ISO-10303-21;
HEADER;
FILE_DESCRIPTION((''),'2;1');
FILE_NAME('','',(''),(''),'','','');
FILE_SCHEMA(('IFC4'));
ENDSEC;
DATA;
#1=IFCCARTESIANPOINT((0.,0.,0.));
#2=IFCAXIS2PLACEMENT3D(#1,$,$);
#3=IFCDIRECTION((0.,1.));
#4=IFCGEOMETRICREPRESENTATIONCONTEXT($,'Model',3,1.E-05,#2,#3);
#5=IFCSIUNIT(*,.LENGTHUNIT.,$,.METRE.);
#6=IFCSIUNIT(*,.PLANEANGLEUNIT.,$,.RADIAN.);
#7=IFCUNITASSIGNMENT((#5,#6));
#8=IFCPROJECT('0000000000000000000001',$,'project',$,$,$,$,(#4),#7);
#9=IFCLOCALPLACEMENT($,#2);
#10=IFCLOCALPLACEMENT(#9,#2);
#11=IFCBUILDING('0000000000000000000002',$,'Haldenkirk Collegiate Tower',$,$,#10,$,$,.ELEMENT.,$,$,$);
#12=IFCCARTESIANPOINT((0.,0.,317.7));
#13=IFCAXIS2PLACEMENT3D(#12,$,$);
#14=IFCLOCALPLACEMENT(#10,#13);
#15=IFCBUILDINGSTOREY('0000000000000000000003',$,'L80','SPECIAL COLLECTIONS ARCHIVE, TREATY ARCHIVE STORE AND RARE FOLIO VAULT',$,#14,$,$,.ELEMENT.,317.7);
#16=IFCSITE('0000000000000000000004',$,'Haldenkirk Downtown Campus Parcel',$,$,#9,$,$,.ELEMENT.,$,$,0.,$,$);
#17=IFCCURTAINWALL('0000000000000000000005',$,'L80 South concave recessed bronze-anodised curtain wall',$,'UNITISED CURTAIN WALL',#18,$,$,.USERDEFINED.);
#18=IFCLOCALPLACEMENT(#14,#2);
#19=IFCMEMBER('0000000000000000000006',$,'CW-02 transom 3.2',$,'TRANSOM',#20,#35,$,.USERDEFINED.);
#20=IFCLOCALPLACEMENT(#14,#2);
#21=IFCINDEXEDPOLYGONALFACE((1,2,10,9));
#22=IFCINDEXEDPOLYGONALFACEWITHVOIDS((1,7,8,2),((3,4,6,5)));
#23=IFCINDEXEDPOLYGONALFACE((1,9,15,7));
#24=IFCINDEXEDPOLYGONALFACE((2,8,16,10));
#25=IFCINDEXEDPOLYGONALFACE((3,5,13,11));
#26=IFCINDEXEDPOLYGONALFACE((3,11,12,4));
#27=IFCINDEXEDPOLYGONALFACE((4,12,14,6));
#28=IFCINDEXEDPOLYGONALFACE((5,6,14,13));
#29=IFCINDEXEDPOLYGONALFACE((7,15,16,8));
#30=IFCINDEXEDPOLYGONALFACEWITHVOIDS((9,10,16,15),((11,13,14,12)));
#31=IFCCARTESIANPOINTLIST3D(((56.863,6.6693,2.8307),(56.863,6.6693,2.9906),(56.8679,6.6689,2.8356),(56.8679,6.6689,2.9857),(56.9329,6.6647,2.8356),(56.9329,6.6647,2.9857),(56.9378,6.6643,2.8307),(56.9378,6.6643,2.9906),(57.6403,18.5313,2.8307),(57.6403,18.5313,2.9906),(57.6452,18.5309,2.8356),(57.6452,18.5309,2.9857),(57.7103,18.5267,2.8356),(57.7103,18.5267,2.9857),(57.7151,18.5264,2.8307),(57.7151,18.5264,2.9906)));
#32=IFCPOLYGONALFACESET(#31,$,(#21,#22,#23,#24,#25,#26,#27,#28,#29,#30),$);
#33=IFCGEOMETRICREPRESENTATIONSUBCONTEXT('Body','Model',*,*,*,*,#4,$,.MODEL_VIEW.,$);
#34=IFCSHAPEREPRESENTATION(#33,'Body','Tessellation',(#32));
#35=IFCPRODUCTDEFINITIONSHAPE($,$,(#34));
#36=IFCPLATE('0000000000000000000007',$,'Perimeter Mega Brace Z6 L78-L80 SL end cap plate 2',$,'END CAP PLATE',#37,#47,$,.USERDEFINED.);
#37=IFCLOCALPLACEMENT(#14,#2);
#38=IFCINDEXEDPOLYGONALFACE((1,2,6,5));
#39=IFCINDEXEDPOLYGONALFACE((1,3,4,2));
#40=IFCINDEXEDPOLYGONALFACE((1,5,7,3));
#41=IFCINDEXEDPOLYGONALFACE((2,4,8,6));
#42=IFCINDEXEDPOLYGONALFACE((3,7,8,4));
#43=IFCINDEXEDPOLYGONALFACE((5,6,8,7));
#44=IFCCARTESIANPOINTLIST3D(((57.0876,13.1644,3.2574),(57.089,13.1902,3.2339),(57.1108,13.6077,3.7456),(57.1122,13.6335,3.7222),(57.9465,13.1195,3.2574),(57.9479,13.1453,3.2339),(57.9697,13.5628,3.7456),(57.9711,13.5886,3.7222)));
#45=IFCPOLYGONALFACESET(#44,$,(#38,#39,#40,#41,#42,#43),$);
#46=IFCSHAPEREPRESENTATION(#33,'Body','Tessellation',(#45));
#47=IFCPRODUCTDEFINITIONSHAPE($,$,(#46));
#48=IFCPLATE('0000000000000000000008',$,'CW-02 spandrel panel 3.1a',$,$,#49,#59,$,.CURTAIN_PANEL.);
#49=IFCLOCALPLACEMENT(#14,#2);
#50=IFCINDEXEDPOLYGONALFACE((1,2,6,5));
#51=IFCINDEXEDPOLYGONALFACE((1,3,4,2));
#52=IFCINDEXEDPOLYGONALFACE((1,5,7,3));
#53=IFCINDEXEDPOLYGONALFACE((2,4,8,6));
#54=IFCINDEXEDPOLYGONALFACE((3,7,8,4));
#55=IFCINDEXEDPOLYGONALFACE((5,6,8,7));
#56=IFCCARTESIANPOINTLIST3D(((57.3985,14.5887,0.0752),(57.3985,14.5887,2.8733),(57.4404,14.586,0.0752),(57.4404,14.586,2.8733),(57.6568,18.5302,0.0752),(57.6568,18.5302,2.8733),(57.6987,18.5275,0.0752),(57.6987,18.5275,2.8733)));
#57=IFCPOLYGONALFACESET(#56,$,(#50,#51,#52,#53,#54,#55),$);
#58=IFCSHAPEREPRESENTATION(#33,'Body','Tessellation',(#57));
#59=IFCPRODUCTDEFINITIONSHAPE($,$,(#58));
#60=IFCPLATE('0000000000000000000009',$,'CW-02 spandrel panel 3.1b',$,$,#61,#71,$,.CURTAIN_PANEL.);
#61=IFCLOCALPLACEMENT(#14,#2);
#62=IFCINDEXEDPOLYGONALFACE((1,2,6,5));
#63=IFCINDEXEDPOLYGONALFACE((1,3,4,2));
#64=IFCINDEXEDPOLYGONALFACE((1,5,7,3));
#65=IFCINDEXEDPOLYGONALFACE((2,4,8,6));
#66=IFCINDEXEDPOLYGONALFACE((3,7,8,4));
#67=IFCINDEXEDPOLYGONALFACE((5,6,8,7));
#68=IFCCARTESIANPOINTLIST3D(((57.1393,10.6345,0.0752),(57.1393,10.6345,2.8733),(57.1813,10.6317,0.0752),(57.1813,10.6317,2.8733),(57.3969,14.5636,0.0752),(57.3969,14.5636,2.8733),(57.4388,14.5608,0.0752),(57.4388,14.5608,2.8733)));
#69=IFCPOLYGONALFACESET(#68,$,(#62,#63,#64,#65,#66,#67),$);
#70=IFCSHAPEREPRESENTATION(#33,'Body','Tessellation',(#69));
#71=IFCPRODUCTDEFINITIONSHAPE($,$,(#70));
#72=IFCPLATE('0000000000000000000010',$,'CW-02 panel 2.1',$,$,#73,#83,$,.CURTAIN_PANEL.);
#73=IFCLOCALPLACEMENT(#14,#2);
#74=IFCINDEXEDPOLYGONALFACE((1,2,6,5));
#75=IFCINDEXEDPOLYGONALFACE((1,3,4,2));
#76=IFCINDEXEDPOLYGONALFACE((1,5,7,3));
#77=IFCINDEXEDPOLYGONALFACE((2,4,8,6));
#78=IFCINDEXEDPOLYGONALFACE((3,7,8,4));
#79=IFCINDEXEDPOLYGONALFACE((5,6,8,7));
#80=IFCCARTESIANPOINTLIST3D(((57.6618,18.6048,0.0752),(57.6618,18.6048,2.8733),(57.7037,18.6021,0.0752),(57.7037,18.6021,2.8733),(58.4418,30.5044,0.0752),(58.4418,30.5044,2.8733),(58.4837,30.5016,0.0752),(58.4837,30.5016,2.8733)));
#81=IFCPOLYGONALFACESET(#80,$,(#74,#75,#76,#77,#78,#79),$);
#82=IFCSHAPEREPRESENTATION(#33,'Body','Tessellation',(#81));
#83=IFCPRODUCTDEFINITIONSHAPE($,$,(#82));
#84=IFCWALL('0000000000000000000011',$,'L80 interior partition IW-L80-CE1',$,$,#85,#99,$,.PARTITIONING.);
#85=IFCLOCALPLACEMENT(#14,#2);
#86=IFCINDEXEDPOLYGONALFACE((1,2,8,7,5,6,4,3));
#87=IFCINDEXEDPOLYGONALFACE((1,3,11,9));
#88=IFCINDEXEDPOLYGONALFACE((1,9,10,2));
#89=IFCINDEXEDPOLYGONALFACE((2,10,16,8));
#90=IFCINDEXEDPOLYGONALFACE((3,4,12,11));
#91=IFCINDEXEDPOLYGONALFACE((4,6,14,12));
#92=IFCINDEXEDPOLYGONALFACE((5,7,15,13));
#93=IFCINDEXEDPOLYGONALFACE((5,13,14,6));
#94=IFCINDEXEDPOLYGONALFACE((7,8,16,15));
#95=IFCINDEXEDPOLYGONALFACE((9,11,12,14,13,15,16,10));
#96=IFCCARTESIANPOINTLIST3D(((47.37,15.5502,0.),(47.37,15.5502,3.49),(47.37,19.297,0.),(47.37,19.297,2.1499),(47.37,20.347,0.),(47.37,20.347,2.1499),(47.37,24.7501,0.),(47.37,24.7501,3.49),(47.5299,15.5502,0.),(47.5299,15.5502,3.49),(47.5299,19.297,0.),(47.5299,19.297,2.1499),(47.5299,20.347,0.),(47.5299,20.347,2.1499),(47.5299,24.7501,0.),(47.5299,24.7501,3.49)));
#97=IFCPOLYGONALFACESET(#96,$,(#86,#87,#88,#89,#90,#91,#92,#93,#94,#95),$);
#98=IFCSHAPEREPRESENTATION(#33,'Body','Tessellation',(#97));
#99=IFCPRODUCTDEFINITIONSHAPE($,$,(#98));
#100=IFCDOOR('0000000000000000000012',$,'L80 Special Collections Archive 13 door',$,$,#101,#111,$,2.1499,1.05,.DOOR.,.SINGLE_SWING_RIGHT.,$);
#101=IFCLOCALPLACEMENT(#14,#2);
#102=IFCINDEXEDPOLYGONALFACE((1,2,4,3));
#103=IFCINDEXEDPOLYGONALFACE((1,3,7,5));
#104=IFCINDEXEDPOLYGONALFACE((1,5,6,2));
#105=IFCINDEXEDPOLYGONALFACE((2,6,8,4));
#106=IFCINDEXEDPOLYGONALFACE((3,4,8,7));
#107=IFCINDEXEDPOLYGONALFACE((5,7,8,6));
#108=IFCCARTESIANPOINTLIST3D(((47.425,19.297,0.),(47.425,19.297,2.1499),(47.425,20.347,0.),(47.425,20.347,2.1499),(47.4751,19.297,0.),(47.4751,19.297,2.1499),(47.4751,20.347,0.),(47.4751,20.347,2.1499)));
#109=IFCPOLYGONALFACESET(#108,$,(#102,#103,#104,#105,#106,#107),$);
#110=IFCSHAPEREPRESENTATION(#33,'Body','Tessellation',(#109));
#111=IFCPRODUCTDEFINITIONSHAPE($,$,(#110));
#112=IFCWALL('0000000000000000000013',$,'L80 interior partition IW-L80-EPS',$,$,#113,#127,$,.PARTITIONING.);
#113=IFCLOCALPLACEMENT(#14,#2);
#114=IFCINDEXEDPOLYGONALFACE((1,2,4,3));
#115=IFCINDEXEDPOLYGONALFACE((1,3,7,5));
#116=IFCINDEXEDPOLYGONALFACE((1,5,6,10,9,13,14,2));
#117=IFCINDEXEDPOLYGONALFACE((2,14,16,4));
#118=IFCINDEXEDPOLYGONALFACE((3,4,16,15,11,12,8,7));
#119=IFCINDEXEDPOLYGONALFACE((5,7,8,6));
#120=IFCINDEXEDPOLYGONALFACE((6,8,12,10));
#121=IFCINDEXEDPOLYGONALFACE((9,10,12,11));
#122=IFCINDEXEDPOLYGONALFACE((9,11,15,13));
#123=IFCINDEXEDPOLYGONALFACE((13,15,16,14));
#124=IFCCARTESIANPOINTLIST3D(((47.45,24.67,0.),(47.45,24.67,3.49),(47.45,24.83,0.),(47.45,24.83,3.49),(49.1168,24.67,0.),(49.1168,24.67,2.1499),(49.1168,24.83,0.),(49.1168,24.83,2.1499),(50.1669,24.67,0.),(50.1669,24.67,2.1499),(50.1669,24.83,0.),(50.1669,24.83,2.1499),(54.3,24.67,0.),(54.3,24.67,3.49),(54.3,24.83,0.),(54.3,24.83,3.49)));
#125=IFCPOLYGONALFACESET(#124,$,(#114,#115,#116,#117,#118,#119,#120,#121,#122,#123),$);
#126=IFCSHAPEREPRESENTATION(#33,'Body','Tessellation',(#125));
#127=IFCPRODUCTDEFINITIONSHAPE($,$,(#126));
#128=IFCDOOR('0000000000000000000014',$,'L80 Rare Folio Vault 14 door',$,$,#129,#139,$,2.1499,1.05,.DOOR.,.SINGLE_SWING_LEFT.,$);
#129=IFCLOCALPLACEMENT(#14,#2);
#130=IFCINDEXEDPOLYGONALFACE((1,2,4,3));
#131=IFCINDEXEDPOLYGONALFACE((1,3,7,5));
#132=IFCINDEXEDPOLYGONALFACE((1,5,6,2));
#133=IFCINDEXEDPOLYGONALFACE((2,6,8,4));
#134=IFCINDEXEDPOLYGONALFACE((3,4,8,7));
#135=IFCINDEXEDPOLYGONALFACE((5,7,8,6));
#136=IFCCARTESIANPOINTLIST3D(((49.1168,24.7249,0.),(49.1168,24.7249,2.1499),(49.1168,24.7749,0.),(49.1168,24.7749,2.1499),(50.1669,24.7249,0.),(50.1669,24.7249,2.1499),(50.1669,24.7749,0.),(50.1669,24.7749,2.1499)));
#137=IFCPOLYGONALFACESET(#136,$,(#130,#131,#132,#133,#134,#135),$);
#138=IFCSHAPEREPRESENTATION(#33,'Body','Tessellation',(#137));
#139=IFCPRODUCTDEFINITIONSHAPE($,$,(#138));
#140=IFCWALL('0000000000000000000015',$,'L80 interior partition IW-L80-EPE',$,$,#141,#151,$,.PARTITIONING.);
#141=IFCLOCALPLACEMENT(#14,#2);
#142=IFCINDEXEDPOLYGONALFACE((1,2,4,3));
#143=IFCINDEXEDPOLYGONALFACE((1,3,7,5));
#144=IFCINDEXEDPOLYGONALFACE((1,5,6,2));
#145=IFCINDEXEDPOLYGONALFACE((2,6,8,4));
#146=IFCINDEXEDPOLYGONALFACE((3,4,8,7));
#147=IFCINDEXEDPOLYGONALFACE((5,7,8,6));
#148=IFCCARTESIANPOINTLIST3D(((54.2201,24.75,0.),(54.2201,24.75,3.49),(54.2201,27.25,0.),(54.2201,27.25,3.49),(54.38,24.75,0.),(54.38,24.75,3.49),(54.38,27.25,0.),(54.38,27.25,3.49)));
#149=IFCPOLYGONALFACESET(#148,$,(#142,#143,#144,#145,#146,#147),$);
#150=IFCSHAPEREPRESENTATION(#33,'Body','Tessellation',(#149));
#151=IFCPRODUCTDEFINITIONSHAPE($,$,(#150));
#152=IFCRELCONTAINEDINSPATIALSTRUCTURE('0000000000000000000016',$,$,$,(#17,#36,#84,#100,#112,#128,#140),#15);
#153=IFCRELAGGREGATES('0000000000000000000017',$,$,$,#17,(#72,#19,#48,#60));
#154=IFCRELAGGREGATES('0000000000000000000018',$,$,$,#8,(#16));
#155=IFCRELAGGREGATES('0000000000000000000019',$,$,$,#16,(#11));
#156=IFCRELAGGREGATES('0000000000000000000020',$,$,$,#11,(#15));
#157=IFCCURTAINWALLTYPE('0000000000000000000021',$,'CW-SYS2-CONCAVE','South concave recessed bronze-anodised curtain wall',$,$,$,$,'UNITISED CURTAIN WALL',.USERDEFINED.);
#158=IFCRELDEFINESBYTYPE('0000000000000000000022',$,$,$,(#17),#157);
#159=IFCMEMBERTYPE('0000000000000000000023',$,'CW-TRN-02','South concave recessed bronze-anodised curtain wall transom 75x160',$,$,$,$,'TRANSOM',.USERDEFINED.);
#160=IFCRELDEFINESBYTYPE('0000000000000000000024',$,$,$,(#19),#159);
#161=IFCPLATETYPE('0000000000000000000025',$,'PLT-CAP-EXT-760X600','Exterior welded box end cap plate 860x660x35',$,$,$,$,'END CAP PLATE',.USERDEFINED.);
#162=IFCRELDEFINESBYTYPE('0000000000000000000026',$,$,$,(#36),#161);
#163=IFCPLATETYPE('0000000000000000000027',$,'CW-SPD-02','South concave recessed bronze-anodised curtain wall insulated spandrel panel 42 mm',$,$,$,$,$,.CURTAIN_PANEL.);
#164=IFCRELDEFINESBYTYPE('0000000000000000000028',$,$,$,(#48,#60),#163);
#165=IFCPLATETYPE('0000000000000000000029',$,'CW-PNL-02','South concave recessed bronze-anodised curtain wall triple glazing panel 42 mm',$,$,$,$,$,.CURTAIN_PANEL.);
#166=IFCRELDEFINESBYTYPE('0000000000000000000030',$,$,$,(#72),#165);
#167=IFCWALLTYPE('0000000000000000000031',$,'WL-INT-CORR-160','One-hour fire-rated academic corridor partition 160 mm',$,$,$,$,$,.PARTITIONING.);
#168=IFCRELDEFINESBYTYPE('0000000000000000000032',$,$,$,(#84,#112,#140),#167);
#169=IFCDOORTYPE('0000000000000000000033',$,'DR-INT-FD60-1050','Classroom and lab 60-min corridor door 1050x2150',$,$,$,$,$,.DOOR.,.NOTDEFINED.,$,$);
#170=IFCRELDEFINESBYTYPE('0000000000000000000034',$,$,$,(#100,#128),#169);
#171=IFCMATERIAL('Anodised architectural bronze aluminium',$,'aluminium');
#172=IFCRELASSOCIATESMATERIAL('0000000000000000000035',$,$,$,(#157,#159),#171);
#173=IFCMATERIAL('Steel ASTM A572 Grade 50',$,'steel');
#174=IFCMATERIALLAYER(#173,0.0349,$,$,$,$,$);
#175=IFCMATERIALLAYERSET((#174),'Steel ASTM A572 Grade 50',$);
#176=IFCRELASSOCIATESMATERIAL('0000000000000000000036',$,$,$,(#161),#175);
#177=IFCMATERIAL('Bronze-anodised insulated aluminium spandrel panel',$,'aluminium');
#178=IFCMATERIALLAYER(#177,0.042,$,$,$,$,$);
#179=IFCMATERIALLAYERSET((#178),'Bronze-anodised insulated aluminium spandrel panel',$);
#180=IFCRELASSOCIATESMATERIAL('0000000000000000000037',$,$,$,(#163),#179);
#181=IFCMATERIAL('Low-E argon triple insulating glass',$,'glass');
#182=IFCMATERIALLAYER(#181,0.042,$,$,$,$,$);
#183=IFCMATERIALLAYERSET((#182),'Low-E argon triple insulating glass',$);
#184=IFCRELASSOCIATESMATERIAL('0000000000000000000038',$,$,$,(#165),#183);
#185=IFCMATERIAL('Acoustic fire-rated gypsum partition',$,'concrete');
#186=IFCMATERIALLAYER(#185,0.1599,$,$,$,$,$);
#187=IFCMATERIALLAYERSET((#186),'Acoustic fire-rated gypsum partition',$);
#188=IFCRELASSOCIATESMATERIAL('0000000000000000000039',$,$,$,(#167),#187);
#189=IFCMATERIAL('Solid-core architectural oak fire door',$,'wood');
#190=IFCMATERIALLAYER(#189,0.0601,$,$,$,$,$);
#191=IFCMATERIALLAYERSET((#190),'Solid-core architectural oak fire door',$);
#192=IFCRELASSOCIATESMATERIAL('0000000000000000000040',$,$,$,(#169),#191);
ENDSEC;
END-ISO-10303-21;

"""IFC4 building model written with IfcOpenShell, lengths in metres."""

from ifc_helpers import new_model, si_unit, direction, frame, frame_2d, origin, origin_2d, place, context, subcontext, project, spatial, rectangle, hollow_rectangle, extrude, source, transform, mapped, material, layer, layer_set, material_profile, profile_set, type_object, element, fill, aggregate, save


model = new_model("IFC4")

# Units and contexts
model_context = context("Model", 3, precision=1e-05, world=origin(), true_north=direction((0.0, 1.0)))
body_context = subcontext(model_context, "Body", "Model", "MODEL_VIEW")
ifc_project = project(units=[si_unit("LENGTHUNIT", "METRE"), si_unit("PLANEANGLEUNIT", "RADIAN")], contexts=[model_context])

# Site, building, storey
site_placement = place(None, origin())
site = spatial("IfcSite", under=ifc_project, at=site_placement, Name="Haldenkirk Downtown Campus Parcel", CompositionType="ELEMENT", RefElevation=0.0)
building_placement = place(site_placement, origin())
building = spatial("IfcBuilding", under=site, at=building_placement, Name="Haldenkirk Collegiate Tower", CompositionType="ELEMENT")
storey_placement = place(building_placement, frame((0.0, 0.0, 317.7)))
storey = spatial("IfcBuildingStorey", under=building, at=storey_placement, Name="L80", Description="SPECIAL COLLECTIONS ARCHIVE, TREATY ARCHIVE STORE AND RARE FOLIO VAULT", CompositionType="ELEMENT", Elevation=317.7)

# Curtain wall, member
ifc_material_1 = material(Name="Anodised architectural bronze aluminium", Category="aluminium")
curtain_wall_type = type_object("IfcCurtainWallType", Name="CW-SYS2-CONCAVE", Description="South concave recessed bronze-anodised curtain wall", ElementType="UNITISED CURTAIN WALL", PredefinedType="USERDEFINED", material=ifc_material_1)
curtain_wall_placement = place(storey_placement, origin())
curtain_wall = element("IfcCurtainWall", 1, at=curtain_wall_placement, inside=storey, type_object=curtain_wall_type, Name="L80 South concave recessed bronze-anodised curtain wall", ObjectType="UNITISED CURTAIN WALL", PredefinedType="USERDEFINED")
ifc_material_profile_1 = material_profile(ifc_material_1, hollow_rectangle(XDim=0.075, YDim=0.1599, WallThickness=0.0049, at=origin_2d()), Name="CW-TRN-02")
ifc_profile_set_1 = profile_set([ifc_material_profile_1], Name="Anodised architectural bronze aluminium")
member_type_1 = type_object("IfcMemberType", Name="CW-TRN-02", Description="South concave recessed bronze-anodised curtain wall transom 75x160", ElementType="TRANSOM", PredefinedType="USERDEFINED", material=ifc_profile_set_1)
member_1_placement = place(storey_placement, frame((57.6777, 18.5288, 2.9106), z_axis=(-0.065392, -0.99786, 0.0), x_axis=(0.99786, -0.065392, 0.0)))
member_1 = element("IfcMember", 2, at=member_1_placement, type_object=member_type_1, Name="CW-02 transom 3.2", ObjectType="TRANSOM", PredefinedType="USERDEFINED", context=body_context, shape_type="SweptSolid", body=[
    extrude(hollow_rectangle(XDim=0.075, YDim=0.1599, WallThickness=0.0049, at=origin_2d()), origin(), (0.0, 0.0, 1.0), 11.8875),
])

# Plates
ifc_material_2 = material(Name="Steel ASTM A572 Grade 50", Category="steel")
ifc_layer_1 = layer(ifc_material_2, 0.0349)
ifc_layer_set_1 = layer_set([ifc_layer_1], Name="Steel ASTM A572 Grade 50")
plate_type_1 = type_object("IfcPlateType", Name="PLT-CAP-EXT-760X600", Description="Exterior welded box end cap plate 860x660x35", ElementType="END CAP PLATE", PredefinedType="USERDEFINED", material=ifc_layer_set_1)
shared_shape_1 = source(origin(), body_context, "Body", "SweptSolid", [
    extrude(rectangle(XDim=0.8601, YDim=0.6599, at=origin_2d()), origin(), (0.0, 0.0, 1.0), 0.0349),
])
plate_1_placement = place(storey_placement, frame((57.53, 13.3894, 3.478), z_axis=(-0.038658, -0.738894, 0.672711), x_axis=(0.998634, -0.052248, 0.0)))
element("IfcPlate", 3, at=plate_1_placement, inside=storey, type_object=plate_type_1, Name="Perimeter Mega Brace Z6 L78-L80 SL end cap plate 2", ObjectType="END CAP PLATE", PredefinedType="USERDEFINED", context=body_context, shape_type="MappedRepresentation", body=[
    mapped(shared_shape_1, transform((0.0, 0.0, 0.0), x_axis=(1.0, 0.0, 0.0), y_axis=(0.0, 1.0, 0.0), z_axis=(0.0, 0.0, 1.0), scale=1.0)),
])
ifc_material_3 = material(Name="Bronze-anodised insulated aluminium spandrel panel", Category="aluminium")
ifc_layer_2 = layer(ifc_material_3, 0.042)
ifc_layer_set_2 = layer_set([ifc_layer_2], Name="Bronze-anodised insulated aluminium spandrel panel")
plate_type_2 = type_object("IfcPlateType", Name="CW-SPD-02", Description="South concave recessed bronze-anodised curtain wall insulated spandrel panel 42 mm", PredefinedType="CURTAIN_PANEL", material=ifc_layer_set_2)
shared_shape_2 = source(origin(), body_context, "Body", "SweptSolid", [
    extrude(rectangle(XDim=3.95, YDim=0.042, at=origin_2d()), origin(), (0.0, 0.0, 1.0), 2.7981),
])
plate_2_placement = place(storey_placement, frame((57.5486, 16.5581, 0.0752), z_axis=(0.0, 0.0, 1.0), x_axis=(-0.065403, -0.997859, 0.0)))
plate_2 = element("IfcPlate", 4, at=plate_2_placement, type_object=plate_type_2, Name="CW-02 spandrel panel 3.1a", PredefinedType="CURTAIN_PANEL", context=body_context, shape_type="MappedRepresentation", body=[
    mapped(shared_shape_2, transform((0.0, 0.0, 0.0), x_axis=(1.0, 0.0, 0.0), y_axis=(0.0, 1.0, 0.0), z_axis=(0.0, 0.0, 1.0), scale=1.0)),
])
shared_shape_3 = source(origin(), body_context, "Body", "SweptSolid", [
    extrude(rectangle(XDim=3.9375, YDim=0.042, at=origin_2d()), origin(), (0.0, 0.0, 1.0), 2.7981),
])
plate_3_placement = place(storey_placement, frame((57.2891, 12.5977, 0.0752), z_axis=(0.0, 0.0, 1.0), x_axis=(-0.065403, -0.997859, 0.0)))
plate_3 = element("IfcPlate", 5, at=plate_3_placement, type_object=plate_type_2, Name="CW-02 spandrel panel 3.1b", PredefinedType="CURTAIN_PANEL", context=body_context, shape_type="MappedRepresentation", body=[
    mapped(shared_shape_3, transform((0.0, 0.0, 0.0), x_axis=(1.0, 0.0, 0.0), y_axis=(0.0, 1.0, 0.0), z_axis=(0.0, 0.0, 1.0), scale=1.0)),
])
ifc_material_4 = material(Name="Low-E argon triple insulating glass", Category="glass")
ifc_layer_3 = layer(ifc_material_4, 0.042)
ifc_layer_set_3 = layer_set([ifc_layer_3], Name="Low-E argon triple insulating glass")
plate_type_3 = type_object("IfcPlateType", Name="CW-PNL-02", Description="South concave recessed bronze-anodised curtain wall triple glazing panel 42 mm", PredefinedType="CURTAIN_PANEL", material=ifc_layer_set_3)
shared_shape_4 = source(origin(), body_context, "Body", "SweptSolid", [
    extrude(rectangle(XDim=11.925, YDim=0.042, at=origin_2d()), origin(), (0.0, 0.0, 1.0), 2.7981),
])
plate_4_placement = place(storey_placement, frame((58.0728, 24.5532, 0.0752), z_axis=(0.0, 0.0, 1.0), x_axis=(-0.065403, -0.997859, 0.0)))
plate_4 = element("IfcPlate", 6, at=plate_4_placement, type_object=plate_type_3, Name="CW-02 panel 2.1", PredefinedType="CURTAIN_PANEL", context=body_context, shape_type="MappedRepresentation", body=[
    mapped(shared_shape_4, transform((0.0, 0.0, 0.0), x_axis=(1.0, 0.0, 0.0), y_axis=(0.0, 1.0, 0.0), z_axis=(0.0, 0.0, 1.0), scale=1.0)),
])
aggregate(curtain_wall, [plate_4, member_1, plate_2, plate_3])

# Walls, openings, doors
ifc_material_5 = material(Name="Acoustic fire-rated gypsum partition", Category="concrete")
ifc_layer_4 = layer(ifc_material_5, 0.1599)
ifc_layer_set_4 = layer_set([ifc_layer_4], Name="Acoustic fire-rated gypsum partition")
wall_type_1 = type_object("IfcWallType", Name="WL-INT-CORR-160", Description="One-hour fire-rated academic corridor partition 160 mm", PredefinedType="PARTITIONING", material=ifc_layer_set_4)
wall_1_placement = place(storey_placement, frame((47.45, 15.55, 0.0), z_axis=(0.0, 0.0, 1.0), x_axis=(0.0, 1.0, 0.0)))
wall_1 = element("IfcWall", 7, at=wall_1_placement, inside=storey, type_object=wall_type_1, Name="L80 interior partition IW-L80-CE1", PredefinedType="PARTITIONING", context=body_context, shape_type="SweptSolid", body=[
    extrude(rectangle(XDim=9.2, YDim=0.1599, at=frame_2d((4.6001, 0.0))), origin(), (0.0, 0.0, 1.0), 3.49),
])
opening_1_placement = place(wall_1_placement, frame((3.7471, 0.0, 0.0)))
opening_1 = element("IfcOpeningElement", 8, at=opening_1_placement, cuts=wall_1, PredefinedType="OPENING", context=body_context, shape_type="SweptSolid", body=[
    extrude(rectangle(XDim=1.05, YDim=2.1499, at=frame_2d((0.5249, 1.075))), frame((0.0, 0.0898, 0.0), z_axis=(0.0, -1.0, 0.0), x_axis=(1.0, 0.0, 0.0)), (0.0, 0.0, 1.0), 0.1799),
])
ifc_material_6 = material(Name="Solid-core architectural oak fire door", Category="wood")
ifc_layer_5 = layer(ifc_material_6, 0.0601)
ifc_layer_set_5 = layer_set([ifc_layer_5], Name="Solid-core architectural oak fire door")
door_type_1 = type_object("IfcDoorType", Name="DR-INT-FD60-1050", Description="Classroom and lab 60-min corridor door 1050x2150", OperationType="NOTDEFINED", PredefinedType="DOOR", material=ifc_layer_set_5)
door_1_placement = place(opening_1_placement, origin())
door_1 = element("IfcDoor", 9, at=door_1_placement, inside=storey, type_object=door_type_1, Name="L80 Special Collections Archive 13 door", OperationType="SINGLE_SWING_RIGHT", OverallHeight=2.1499, OverallWidth=1.05, PredefinedType="DOOR", context=body_context, shape_type="SweptSolid", body=[
    extrude(rectangle(XDim=1.05, YDim=2.1499, at=frame_2d((0.5249, 1.075))), frame((0.0, 0.0249, 0.0), z_axis=(0.0, -1.0, 0.0), x_axis=(1.0, 0.0, 0.0)), (0.0, 0.0, 1.0), 0.05),
])
fill(opening_1, door_1)
wall_2_placement = place(storey_placement, frame((47.45, 24.75, 0.0), z_axis=(0.0, 0.0, 1.0), x_axis=(1.0, 0.0, 0.0)))
wall_2 = element("IfcWall", 10, at=wall_2_placement, inside=storey, type_object=wall_type_1, Name="L80 interior partition IW-L80-EPS", PredefinedType="PARTITIONING", context=body_context, shape_type="SweptSolid", body=[
    extrude(rectangle(XDim=6.8501, YDim=0.1599, at=frame_2d((3.425, 0.0))), origin(), (0.0, 0.0, 1.0), 3.49),
])
opening_2_placement = place(wall_2_placement, frame((1.667, 0.0, 0.0)))
opening_2 = element("IfcOpeningElement", 11, at=opening_2_placement, cuts=wall_2, PredefinedType="OPENING", context=body_context, shape_type="SweptSolid", body=[
    extrude(rectangle(XDim=1.05, YDim=2.1499, at=frame_2d((0.5249, 1.075))), frame((0.0, 0.0898, 0.0), z_axis=(0.0, -1.0, 0.0), x_axis=(1.0, 0.0, 0.0)), (0.0, 0.0, 1.0), 0.1799),
])
door_2_placement = place(opening_2_placement, origin())
door_2 = element("IfcDoor", 12, at=door_2_placement, inside=storey, type_object=door_type_1, Name="L80 Rare Folio Vault 14 door", OperationType="SINGLE_SWING_LEFT", OverallHeight=2.1499, OverallWidth=1.05, PredefinedType="DOOR", context=body_context, shape_type="SweptSolid", body=[
    extrude(rectangle(XDim=1.05, YDim=2.1499, at=frame_2d((0.5249, 1.075))), frame((0.0, 0.0249, 0.0), z_axis=(0.0, -1.0, 0.0), x_axis=(1.0, 0.0, 0.0)), (0.0, 0.0, 1.0), 0.05),
])
fill(opening_2, door_2)

# Wall
wall_3_placement = place(storey_placement, frame((54.3, 24.75, 0.0), z_axis=(0.0, 0.0, 1.0), x_axis=(0.0, 1.0, 0.0)))
element("IfcWall", 13, at=wall_3_placement, inside=storey, type_object=wall_type_1, Name="L80 interior partition IW-L80-EPE", PredefinedType="PARTITIONING", context=body_context, shape_type="SweptSolid", body=[
    extrude(rectangle(XDim=2.5, YDim=0.1599, at=frame_2d((1.25, 0.0))), origin(), (0.0, 0.0, 1.0), 3.49),
])

save(model, "model.ifc")
